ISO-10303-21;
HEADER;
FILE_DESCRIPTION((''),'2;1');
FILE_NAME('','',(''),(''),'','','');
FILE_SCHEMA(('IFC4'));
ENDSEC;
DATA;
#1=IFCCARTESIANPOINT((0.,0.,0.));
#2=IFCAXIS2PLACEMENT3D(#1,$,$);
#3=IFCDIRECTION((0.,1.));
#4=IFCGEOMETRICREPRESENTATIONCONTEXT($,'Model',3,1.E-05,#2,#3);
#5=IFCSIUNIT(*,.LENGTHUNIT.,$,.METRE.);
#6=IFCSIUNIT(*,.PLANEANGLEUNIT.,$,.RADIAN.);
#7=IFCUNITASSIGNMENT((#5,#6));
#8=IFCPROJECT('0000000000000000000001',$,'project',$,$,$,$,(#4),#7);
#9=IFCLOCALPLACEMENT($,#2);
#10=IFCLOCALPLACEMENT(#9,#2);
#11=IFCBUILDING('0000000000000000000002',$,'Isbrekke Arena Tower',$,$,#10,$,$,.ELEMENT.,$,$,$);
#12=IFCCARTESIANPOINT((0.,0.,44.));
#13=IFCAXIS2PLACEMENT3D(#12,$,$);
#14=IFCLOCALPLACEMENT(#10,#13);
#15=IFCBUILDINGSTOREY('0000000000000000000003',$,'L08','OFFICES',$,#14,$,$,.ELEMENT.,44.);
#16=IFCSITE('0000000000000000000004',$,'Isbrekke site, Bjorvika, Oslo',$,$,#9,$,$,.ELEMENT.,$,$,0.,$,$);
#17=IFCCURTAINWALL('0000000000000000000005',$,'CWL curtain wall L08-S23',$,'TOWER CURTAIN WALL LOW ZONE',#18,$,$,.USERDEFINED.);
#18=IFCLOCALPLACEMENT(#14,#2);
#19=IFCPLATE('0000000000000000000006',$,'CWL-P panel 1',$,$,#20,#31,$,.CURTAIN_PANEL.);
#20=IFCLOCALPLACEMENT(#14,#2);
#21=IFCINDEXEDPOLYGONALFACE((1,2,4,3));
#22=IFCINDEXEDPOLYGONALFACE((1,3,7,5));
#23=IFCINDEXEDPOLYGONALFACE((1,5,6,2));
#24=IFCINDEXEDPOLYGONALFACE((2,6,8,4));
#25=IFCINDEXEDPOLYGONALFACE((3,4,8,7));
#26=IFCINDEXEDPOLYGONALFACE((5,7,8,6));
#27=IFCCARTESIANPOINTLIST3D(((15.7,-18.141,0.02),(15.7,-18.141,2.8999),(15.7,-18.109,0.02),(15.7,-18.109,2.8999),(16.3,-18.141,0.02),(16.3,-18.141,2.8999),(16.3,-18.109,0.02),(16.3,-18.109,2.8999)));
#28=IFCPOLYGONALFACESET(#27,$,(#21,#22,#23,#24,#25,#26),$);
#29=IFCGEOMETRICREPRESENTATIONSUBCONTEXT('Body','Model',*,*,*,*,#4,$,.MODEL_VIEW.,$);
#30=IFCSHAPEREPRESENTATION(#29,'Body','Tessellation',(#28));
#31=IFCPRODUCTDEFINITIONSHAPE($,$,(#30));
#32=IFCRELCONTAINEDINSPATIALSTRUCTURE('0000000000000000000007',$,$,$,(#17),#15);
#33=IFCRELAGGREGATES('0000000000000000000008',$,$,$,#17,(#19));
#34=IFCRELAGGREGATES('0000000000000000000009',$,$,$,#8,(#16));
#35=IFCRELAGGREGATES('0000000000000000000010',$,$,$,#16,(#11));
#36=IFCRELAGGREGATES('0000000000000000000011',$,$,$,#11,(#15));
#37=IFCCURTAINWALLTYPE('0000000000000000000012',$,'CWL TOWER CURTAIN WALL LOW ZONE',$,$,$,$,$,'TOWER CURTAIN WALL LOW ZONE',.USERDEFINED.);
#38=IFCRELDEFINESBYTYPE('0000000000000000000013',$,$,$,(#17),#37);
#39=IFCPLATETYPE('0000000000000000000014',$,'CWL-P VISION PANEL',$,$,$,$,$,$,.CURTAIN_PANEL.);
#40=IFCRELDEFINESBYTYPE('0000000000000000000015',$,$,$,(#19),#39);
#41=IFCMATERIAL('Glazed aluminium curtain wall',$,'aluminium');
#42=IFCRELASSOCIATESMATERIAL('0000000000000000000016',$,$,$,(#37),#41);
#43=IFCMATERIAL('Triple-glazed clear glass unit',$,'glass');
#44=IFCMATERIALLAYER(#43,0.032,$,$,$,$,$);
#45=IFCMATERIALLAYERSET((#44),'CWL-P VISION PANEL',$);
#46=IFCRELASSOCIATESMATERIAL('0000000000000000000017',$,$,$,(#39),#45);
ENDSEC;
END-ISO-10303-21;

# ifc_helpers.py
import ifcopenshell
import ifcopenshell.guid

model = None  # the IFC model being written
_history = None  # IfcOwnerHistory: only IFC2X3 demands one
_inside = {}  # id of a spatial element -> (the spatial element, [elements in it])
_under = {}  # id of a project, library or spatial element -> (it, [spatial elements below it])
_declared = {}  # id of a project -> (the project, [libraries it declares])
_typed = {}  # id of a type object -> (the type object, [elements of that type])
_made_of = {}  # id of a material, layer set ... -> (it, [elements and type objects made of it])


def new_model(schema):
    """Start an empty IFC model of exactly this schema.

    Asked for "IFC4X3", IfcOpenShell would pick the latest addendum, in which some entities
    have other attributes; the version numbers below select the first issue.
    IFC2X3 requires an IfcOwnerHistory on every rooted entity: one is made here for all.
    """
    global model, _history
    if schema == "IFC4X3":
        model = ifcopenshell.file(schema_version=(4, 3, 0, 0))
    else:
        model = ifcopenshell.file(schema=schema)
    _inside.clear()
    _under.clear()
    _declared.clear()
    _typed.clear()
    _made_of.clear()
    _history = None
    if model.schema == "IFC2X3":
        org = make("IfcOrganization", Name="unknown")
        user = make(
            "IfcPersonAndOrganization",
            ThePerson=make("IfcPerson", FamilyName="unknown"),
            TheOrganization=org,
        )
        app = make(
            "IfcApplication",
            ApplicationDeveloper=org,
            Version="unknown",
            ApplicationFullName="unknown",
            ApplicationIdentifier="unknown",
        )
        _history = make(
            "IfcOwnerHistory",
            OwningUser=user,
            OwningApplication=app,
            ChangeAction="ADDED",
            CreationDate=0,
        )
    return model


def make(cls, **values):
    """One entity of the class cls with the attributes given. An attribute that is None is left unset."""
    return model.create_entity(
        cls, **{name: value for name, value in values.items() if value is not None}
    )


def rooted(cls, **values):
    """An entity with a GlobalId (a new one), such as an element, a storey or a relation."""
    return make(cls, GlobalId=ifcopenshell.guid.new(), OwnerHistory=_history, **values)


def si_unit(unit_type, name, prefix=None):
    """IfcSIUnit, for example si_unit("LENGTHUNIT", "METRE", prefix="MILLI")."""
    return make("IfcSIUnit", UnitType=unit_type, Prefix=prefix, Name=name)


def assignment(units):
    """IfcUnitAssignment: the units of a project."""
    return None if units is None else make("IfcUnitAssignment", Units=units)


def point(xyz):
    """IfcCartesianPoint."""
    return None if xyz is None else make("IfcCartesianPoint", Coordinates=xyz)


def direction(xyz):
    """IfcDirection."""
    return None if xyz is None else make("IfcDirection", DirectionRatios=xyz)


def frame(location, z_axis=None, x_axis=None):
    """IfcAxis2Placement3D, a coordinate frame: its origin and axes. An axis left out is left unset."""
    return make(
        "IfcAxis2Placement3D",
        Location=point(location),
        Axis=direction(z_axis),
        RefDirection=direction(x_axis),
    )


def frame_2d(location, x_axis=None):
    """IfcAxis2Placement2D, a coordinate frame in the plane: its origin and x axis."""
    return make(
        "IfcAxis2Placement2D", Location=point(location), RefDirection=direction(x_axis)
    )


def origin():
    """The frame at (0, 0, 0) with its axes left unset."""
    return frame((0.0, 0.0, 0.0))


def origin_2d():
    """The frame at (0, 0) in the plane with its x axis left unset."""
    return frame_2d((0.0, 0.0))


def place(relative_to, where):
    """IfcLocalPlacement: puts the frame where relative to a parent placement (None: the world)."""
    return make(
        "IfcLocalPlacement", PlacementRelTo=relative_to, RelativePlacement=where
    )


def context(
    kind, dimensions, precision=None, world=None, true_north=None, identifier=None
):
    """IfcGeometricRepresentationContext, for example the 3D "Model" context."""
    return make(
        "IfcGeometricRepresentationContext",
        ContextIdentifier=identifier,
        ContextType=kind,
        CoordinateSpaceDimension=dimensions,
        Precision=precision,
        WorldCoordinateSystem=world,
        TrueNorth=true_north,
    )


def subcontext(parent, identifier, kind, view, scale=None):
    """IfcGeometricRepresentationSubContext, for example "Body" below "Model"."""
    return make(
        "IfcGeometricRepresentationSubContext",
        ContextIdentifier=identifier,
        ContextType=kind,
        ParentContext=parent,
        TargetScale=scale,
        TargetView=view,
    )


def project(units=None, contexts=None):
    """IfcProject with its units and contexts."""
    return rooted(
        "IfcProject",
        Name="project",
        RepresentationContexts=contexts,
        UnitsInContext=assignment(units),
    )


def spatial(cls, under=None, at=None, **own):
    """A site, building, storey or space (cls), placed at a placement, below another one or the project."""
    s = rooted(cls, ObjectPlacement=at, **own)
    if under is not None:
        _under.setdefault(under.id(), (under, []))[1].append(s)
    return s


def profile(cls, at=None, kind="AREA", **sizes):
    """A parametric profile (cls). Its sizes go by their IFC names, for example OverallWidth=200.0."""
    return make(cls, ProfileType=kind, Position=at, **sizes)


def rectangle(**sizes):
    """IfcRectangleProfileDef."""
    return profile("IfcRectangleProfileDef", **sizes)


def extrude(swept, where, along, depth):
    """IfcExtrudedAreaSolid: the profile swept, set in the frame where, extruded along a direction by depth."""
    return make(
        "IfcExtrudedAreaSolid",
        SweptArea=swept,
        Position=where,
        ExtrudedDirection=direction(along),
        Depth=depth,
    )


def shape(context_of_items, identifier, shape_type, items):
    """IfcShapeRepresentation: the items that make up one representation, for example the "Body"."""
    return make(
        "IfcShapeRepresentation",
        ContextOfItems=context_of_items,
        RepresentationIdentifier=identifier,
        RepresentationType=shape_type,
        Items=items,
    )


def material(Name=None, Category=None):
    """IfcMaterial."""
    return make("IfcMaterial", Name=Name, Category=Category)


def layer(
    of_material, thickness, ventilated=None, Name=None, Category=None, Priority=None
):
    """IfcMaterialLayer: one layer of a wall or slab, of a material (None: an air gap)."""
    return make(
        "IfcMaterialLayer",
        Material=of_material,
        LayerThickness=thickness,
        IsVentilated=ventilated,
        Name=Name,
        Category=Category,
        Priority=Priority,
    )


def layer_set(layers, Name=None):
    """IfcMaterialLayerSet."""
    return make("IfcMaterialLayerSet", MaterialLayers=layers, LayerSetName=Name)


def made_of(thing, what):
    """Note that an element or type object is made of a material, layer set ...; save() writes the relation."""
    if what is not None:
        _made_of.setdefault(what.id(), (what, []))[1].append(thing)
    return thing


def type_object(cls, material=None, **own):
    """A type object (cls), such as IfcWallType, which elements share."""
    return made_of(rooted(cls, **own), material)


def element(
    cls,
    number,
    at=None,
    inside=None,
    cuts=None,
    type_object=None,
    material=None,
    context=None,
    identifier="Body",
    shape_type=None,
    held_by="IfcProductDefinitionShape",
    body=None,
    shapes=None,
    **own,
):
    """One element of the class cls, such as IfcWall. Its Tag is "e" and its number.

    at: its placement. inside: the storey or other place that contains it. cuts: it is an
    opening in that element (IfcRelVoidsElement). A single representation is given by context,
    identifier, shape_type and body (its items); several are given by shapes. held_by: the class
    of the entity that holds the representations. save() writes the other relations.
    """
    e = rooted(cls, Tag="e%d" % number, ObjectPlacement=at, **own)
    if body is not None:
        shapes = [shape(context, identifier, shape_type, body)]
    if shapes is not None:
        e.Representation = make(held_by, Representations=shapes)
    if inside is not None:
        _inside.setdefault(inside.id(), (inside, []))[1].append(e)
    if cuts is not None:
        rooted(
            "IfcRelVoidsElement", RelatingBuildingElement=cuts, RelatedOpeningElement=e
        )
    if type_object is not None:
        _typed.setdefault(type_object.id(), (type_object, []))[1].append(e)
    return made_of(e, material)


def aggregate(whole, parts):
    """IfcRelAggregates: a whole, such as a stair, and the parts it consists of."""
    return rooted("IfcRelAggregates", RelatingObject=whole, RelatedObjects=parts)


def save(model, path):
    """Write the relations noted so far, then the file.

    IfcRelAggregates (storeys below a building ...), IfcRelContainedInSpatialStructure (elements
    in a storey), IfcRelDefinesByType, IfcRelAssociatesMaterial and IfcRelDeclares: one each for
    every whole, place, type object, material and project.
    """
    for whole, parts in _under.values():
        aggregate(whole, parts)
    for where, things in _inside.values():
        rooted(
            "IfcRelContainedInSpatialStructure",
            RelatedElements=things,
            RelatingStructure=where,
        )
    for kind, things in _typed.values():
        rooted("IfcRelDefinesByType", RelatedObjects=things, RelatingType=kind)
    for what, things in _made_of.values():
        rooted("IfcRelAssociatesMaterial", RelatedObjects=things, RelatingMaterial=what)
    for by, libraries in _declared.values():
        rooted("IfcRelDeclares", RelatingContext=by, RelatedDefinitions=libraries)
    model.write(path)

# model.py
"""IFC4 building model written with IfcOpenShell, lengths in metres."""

from ifc_helpers import new_model, si_unit, direction, frame, origin, origin_2d, place, context, subcontext, project, spatial, rectangle, extrude, material, layer, layer_set, type_object, element, aggregate, save


model = new_model("IFC4")

# Units and contexts
model_context = context("Model", 3, precision=1e-05, world=origin(), true_north=direction((0.0, 1.0)))
body_context = subcontext(model_context, "Body", "Model", "MODEL_VIEW")
ifc_project = project(units=[si_unit("LENGTHUNIT", "METRE"), si_unit("PLANEANGLEUNIT", "RADIAN")], contexts=[model_context])

# Site, building, storey
site_placement = place(None, origin())
site = spatial("IfcSite", under=ifc_project, at=site_placement, Name="Isbrekke site, Bjorvika, Oslo", CompositionType="ELEMENT", RefElevation=0.0)
building_placement = place(site_placement, origin())
building = spatial("IfcBuilding", under=site, at=building_placement, Name="Isbrekke Arena Tower", CompositionType="ELEMENT")
storey_placement = place(building_placement, frame((0.0, 0.0, 44.0)))
storey = spatial("IfcBuildingStorey", under=building, at=storey_placement, Name="L08", Description="OFFICES", CompositionType="ELEMENT", Elevation=44.0)

# Shared definitions
ifc_material_1 = material(Name="Glazed aluminium curtain wall", Category="aluminium")
curtain_wall_type = type_object("IfcCurtainWallType", Name="CWL TOWER CURTAIN WALL LOW ZONE", ElementType="TOWER CURTAIN WALL LOW ZONE", PredefinedType="USERDEFINED", material=ifc_material_1)

# Curtain wall
curtain_wall_1_placement = place(storey_placement, origin())
curtain_wall_1 = element("IfcCurtainWall", 1, at=curtain_wall_1_placement, inside=storey, type_object=curtain_wall_type, Name="CWL curtain wall L08-S23", ObjectType="TOWER CURTAIN WALL LOW ZONE", PredefinedType="USERDEFINED")

# Plate
ifc_material_2 = material(Name="Triple-glazed clear glass unit", Category="glass")
ifc_layer = layer(ifc_material_2, 0.032)
ifc_layer_set = layer_set([ifc_layer], Name="CWL-P VISION PANEL")
plate_type = type_object("IfcPlateType", Name="CWL-P VISION PANEL", PredefinedType="CURTAIN_PANEL", material=ifc_layer_set)
plate_1_placement = place(storey_placement, frame((16.0, -18.125, 0.02), z_axis=(0.0, 0.0, 1.0), x_axis=(1.0, 0.0, 0.0)))
plate_1 = element("IfcPlate", 2, at=plate_1_placement, type_object=plate_type, Name="CWL-P panel 1", PredefinedType="CURTAIN_PANEL", context=body_context, shape_type="SweptSolid", body=[
    extrude(rectangle(XDim=0.6001, YDim=0.032, at=origin_2d()), origin(), (0.0, 0.0, 1.0), 2.8799),
])
aggregate(curtain_wall_1, [plate_1])

save(model, "model.ifc")
